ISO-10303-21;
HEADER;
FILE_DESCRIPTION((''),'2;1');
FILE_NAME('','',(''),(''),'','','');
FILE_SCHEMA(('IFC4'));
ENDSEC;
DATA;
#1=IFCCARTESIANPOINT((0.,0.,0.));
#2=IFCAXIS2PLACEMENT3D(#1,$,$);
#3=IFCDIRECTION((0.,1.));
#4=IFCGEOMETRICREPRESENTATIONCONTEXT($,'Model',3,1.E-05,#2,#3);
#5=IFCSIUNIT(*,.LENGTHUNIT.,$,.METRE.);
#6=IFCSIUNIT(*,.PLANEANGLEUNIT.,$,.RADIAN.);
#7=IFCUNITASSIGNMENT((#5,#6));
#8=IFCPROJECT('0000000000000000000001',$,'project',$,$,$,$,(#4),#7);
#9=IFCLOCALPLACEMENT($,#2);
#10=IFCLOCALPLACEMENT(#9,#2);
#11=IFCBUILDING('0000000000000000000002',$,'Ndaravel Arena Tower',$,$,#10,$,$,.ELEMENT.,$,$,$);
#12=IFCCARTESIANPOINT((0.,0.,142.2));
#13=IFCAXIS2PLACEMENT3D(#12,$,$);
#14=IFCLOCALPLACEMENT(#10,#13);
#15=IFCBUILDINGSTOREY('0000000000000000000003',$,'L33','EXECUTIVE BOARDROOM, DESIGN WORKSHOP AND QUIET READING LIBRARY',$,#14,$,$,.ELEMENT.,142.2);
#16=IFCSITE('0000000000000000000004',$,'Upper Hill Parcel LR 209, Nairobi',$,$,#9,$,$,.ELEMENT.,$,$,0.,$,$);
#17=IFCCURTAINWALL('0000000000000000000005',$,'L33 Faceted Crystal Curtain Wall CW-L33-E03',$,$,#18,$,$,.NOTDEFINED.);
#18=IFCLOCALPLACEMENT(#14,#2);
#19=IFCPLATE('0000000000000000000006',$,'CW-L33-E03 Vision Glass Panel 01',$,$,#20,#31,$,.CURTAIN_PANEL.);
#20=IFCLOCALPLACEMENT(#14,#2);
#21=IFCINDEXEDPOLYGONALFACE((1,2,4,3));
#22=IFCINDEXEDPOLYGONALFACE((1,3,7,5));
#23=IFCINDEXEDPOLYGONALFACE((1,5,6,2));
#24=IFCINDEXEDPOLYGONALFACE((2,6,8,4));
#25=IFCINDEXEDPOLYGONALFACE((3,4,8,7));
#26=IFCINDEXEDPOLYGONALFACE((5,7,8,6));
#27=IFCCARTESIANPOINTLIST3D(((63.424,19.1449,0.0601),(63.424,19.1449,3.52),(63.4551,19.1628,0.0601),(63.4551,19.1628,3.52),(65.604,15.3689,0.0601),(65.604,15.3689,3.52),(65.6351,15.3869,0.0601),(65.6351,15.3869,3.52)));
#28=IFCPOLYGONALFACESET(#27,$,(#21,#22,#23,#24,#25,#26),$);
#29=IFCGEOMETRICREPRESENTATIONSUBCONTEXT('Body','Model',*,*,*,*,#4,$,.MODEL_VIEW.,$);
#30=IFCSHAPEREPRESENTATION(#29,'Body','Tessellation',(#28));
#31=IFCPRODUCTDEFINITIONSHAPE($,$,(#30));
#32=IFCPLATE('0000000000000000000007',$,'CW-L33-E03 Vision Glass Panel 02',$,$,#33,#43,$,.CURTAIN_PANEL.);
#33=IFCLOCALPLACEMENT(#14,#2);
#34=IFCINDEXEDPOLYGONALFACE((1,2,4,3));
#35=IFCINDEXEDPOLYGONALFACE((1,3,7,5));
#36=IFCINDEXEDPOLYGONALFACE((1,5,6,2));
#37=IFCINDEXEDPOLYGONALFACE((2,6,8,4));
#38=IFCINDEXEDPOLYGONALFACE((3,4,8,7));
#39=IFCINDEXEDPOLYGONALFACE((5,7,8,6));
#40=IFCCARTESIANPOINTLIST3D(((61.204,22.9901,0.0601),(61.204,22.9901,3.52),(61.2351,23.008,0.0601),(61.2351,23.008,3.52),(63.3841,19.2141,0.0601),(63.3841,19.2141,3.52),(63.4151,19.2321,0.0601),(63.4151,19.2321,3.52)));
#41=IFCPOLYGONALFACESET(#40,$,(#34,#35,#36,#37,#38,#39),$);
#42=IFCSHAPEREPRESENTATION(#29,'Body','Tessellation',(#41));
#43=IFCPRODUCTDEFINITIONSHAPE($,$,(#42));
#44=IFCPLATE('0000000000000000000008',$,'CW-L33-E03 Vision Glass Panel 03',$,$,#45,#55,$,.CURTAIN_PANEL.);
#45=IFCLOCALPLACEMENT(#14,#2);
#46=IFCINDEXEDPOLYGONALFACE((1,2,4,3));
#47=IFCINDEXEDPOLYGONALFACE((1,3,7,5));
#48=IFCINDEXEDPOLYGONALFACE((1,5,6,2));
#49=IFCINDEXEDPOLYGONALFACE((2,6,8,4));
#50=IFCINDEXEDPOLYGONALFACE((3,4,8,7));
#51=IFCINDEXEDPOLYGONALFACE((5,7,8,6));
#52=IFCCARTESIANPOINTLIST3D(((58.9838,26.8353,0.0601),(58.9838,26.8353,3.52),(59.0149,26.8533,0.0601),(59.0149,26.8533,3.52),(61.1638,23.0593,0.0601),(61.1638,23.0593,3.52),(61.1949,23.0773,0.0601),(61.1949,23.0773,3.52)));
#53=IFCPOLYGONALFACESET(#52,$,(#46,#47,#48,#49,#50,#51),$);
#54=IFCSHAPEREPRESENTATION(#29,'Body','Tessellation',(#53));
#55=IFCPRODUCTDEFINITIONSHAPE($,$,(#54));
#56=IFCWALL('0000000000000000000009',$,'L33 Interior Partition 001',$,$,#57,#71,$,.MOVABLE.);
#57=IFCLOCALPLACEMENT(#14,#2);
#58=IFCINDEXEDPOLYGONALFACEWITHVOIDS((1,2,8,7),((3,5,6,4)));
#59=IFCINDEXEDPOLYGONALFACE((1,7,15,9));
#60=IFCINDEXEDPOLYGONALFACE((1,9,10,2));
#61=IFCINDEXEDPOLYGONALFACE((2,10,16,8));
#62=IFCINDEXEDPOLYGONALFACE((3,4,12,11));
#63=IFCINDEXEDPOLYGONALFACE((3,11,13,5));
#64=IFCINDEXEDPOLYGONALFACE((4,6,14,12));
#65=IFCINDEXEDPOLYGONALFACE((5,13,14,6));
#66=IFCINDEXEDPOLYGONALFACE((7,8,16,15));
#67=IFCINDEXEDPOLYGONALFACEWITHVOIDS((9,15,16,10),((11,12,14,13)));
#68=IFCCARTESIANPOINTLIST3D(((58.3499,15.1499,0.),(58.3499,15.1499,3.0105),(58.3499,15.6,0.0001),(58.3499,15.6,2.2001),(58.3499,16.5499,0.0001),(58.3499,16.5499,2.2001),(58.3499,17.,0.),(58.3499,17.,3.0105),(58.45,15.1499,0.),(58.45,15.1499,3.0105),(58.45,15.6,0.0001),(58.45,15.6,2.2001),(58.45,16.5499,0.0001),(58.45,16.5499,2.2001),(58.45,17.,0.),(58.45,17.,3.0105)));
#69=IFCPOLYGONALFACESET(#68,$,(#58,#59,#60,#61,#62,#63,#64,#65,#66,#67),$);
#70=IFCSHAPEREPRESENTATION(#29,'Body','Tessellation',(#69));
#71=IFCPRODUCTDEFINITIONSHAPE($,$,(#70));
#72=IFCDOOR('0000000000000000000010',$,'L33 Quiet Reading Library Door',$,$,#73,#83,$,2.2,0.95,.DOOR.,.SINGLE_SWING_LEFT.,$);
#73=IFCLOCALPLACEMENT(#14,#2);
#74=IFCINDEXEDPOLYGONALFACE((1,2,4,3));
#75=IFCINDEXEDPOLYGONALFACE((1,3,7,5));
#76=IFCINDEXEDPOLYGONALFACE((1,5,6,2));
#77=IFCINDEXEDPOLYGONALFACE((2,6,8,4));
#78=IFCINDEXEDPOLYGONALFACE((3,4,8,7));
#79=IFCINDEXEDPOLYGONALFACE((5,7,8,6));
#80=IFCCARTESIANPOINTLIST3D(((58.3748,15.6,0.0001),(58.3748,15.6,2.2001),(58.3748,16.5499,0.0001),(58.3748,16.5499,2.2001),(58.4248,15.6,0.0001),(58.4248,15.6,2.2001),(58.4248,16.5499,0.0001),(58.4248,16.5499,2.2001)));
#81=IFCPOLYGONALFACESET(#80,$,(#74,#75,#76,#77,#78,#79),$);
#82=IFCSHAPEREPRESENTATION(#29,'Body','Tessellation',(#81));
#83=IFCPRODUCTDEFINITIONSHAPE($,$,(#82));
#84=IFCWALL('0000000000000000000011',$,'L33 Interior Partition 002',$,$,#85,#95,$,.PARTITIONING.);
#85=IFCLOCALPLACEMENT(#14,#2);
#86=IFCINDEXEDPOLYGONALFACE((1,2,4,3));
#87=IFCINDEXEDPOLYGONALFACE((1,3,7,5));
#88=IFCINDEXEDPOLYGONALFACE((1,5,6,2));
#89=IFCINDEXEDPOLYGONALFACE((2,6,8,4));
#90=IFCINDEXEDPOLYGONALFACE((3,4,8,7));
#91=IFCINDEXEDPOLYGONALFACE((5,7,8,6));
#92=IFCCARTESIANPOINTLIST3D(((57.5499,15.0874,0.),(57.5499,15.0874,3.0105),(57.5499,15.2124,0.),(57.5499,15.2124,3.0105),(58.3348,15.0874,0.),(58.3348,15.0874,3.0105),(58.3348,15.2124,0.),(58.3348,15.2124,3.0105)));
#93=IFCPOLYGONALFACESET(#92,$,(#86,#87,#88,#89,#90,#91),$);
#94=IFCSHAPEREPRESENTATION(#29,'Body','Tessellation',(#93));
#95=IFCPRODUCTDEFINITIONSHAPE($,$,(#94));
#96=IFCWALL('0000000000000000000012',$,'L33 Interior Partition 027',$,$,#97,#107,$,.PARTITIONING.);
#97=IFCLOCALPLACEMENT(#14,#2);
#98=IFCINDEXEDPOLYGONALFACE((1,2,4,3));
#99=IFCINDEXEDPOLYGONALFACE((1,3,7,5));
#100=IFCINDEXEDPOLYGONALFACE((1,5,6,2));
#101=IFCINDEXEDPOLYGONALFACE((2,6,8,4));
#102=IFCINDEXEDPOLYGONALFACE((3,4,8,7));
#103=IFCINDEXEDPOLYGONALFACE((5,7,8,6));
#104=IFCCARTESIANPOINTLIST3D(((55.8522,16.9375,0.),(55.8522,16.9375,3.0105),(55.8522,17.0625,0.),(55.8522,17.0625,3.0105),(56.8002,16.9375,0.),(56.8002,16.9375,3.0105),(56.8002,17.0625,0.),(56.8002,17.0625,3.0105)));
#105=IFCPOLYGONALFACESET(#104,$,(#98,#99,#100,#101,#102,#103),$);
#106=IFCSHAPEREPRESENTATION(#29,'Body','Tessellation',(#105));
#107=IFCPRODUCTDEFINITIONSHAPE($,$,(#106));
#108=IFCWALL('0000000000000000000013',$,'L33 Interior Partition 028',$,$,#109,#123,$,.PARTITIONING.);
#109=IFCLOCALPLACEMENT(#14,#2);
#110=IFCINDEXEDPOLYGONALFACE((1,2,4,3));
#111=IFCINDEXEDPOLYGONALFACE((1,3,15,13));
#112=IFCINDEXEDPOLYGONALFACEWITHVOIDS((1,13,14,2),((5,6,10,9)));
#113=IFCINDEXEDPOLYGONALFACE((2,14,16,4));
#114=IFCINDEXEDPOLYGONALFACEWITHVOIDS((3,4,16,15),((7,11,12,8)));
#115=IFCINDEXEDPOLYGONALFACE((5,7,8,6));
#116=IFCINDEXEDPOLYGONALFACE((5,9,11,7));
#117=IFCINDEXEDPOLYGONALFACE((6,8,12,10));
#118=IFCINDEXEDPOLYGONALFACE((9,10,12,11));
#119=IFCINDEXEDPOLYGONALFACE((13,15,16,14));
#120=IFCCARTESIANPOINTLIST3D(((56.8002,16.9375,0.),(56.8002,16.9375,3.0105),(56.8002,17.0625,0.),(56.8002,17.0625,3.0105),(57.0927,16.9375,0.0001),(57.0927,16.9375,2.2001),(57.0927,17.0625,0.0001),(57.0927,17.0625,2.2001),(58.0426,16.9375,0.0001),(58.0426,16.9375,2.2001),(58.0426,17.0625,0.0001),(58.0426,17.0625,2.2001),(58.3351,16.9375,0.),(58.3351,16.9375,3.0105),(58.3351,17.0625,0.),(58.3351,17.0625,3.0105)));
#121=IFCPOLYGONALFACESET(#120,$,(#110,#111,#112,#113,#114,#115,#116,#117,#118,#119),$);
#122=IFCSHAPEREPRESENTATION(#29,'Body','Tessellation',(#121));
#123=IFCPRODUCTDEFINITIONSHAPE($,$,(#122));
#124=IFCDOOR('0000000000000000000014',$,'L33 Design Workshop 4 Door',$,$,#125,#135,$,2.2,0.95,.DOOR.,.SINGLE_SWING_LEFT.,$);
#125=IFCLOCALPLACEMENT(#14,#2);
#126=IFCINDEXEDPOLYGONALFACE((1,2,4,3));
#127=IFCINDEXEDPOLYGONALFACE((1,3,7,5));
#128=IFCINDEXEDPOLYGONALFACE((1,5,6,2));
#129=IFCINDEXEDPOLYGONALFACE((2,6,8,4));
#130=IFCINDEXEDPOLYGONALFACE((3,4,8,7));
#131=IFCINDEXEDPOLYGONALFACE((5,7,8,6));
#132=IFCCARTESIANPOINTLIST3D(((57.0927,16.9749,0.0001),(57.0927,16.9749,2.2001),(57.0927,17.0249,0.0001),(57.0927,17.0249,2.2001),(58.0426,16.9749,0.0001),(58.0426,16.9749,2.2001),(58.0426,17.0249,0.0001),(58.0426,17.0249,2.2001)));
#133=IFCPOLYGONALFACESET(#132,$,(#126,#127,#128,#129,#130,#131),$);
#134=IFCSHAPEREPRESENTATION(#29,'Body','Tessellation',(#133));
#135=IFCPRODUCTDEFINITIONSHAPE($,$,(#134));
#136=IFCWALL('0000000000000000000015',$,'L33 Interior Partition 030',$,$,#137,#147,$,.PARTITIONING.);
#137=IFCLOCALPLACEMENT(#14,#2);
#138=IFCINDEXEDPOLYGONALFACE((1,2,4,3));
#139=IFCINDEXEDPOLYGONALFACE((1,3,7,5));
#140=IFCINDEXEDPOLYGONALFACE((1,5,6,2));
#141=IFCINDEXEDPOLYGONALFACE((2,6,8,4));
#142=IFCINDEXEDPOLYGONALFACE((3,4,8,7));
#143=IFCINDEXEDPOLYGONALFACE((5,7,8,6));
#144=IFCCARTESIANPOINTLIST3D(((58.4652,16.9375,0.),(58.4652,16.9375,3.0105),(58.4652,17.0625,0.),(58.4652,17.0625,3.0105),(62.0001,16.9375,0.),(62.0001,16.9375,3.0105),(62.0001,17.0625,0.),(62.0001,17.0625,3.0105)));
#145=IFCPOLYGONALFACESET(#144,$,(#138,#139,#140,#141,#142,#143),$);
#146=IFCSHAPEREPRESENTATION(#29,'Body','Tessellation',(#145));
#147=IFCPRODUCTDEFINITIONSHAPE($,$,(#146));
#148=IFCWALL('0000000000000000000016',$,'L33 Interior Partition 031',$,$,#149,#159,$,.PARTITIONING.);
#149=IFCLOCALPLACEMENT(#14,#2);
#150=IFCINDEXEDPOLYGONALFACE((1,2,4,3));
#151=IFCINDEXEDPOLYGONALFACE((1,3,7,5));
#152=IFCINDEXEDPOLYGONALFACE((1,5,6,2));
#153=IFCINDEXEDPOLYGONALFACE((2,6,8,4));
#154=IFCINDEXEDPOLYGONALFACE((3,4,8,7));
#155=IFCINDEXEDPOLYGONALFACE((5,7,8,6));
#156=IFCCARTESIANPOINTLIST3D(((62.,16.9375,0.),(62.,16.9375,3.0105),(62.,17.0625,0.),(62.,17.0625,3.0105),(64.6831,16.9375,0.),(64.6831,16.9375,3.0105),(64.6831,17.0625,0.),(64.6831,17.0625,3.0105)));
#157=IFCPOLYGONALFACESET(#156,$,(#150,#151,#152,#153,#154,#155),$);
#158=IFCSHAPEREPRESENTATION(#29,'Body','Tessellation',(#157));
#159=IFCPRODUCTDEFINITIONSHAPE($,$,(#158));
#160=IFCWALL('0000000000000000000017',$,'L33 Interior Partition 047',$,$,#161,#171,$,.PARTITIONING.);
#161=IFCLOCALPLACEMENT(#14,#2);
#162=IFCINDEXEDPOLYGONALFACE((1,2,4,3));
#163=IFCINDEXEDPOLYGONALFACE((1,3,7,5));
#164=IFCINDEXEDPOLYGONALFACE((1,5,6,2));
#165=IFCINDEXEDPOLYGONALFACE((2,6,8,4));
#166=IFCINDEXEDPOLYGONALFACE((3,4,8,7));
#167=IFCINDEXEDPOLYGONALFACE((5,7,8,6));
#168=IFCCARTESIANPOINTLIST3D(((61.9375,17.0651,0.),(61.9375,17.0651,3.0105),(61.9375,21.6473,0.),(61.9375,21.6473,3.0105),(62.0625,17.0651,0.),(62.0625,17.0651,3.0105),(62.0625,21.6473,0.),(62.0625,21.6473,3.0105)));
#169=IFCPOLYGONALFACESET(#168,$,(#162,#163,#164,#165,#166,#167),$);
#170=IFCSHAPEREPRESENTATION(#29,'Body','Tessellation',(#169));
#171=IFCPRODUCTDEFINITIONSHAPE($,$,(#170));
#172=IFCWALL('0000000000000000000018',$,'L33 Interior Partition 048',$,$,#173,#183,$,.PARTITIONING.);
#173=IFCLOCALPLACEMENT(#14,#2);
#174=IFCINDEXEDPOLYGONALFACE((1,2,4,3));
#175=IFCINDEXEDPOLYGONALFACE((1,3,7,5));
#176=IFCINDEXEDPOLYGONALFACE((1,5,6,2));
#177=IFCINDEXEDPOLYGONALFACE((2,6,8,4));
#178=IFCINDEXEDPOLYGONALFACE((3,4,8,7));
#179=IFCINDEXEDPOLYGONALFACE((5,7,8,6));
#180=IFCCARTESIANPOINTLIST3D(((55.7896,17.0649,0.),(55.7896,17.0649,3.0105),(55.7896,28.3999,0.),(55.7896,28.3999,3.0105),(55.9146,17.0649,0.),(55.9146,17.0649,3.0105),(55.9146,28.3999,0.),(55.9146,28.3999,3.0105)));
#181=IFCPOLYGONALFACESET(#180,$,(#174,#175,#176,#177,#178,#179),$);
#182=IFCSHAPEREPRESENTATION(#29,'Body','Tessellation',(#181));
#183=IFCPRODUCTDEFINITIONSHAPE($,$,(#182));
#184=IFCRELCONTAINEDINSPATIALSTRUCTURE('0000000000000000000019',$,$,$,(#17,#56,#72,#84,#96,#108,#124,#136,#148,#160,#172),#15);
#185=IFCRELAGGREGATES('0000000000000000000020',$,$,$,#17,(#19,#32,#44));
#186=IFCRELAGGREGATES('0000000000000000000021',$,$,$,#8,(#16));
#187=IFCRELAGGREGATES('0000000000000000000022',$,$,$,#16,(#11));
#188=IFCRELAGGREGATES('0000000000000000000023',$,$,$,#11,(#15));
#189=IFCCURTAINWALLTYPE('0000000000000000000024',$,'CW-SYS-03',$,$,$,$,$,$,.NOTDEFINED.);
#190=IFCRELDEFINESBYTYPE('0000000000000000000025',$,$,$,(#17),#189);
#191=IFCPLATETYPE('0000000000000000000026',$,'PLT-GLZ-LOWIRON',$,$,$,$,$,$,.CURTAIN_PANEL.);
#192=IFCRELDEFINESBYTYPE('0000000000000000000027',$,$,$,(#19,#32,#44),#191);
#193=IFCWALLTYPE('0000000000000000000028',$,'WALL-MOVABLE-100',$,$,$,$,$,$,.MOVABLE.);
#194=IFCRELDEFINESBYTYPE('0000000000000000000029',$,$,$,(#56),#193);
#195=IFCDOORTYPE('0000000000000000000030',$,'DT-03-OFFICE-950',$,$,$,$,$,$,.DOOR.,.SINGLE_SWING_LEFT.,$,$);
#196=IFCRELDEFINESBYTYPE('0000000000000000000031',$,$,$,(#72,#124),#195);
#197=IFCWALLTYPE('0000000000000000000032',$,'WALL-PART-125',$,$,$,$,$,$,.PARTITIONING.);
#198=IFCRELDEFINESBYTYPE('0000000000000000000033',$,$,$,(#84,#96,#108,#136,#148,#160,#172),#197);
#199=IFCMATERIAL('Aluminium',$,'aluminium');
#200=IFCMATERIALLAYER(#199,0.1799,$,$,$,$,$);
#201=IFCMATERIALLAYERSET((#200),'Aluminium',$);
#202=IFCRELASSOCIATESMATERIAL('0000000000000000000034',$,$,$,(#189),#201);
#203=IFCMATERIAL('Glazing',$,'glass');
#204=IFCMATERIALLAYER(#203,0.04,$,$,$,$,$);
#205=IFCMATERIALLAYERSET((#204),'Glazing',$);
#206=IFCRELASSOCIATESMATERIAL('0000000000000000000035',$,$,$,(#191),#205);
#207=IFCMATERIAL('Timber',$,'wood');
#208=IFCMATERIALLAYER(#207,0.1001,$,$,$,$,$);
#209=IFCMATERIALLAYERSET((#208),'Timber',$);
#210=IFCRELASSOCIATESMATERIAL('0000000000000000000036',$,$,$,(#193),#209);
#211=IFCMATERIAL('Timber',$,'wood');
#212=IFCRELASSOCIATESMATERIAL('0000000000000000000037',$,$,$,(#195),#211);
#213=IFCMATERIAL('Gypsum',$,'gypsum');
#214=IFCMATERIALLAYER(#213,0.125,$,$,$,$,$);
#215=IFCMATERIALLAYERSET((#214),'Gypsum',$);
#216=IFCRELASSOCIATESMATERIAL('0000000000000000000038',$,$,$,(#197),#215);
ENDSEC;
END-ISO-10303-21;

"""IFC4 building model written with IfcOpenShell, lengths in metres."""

from ifc_helpers import new_model, si_unit, direction, frame, frame_2d, origin, origin_2d, place, context, subcontext, project, spatial, rectangle, extrude, material, layer, layer_set, type_object, element, fill, aggregate, save


model = new_model("IFC4")

# Units and contexts
model_context = context("Model", 3, precision=1e-05, world=origin(), true_north=direction((0.0, 1.0)))
body_context = subcontext(model_context, "Body", "Model", "MODEL_VIEW")
ifc_project = project(units=[si_unit("LENGTHUNIT", "METRE"), si_unit("PLANEANGLEUNIT", "RADIAN")], contexts=[model_context])

# Site, building, storey
site_placement = place(None, origin())
site = spatial("IfcSite", under=ifc_project, at=site_placement, Name="Upper Hill Parcel LR 209, Nairobi", CompositionType="ELEMENT", RefElevation=0.0)
building_placement = place(site_placement, origin())
building = spatial("IfcBuilding", under=site, at=building_placement, Name="Ndaravel Arena Tower", CompositionType="ELEMENT")
storey_placement = place(building_placement, frame((0.0, 0.0, 142.2)))
storey = spatial("IfcBuildingStorey", under=building, at=storey_placement, Name="L33", Description="EXECUTIVE BOARDROOM, DESIGN WORKSHOP AND QUIET READING LIBRARY", CompositionType="ELEMENT", Elevation=142.2)

# Curtain wall, plates
ifc_material_1 = material(Name="Aluminium", Category="aluminium")
ifc_layer_1 = layer(ifc_material_1, 0.1799)
ifc_layer_set_1 = layer_set([ifc_layer_1], Name="Aluminium")
curtain_wall_type = type_object("IfcCurtainWallType", Name="CW-SYS-03", PredefinedType="NOTDEFINED", material=ifc_layer_set_1)
curtain_wall_placement = place(storey_placement, origin())
curtain_wall = element("IfcCurtainWall", 1, at=curtain_wall_placement, inside=storey, type_object=curtain_wall_type, Name="L33 Faceted Crystal Curtain Wall CW-L33-E03", PredefinedType="NOTDEFINED")
ifc_material_2 = material(Name="Glazing", Category="glass")
ifc_layer_2 = layer(ifc_material_2, 0.04)
ifc_layer_set_2 = layer_set([ifc_layer_2], Name="Glazing")
plate_type = type_object("IfcPlateType", Name="PLT-GLZ-LOWIRON", PredefinedType="CURTAIN_PANEL", material=ifc_layer_set_2)
plate_1_placement = place(storey_placement, frame((64.5295, 17.2659, 0.0601), z_axis=(0.0, 0.0, 1.0), x_axis=(-0.5, 0.866025, 0.0)))
plate_1 = element("IfcPlate", 2, at=plate_1_placement, type_object=plate_type, Name="CW-L33-E03 Vision Glass Panel 01", PredefinedType="CURTAIN_PANEL", context=body_context, shape_type="SweptSolid", body=[
    extrude(rectangle(XDim=4.3601, YDim=0.0359, at=origin_2d()), origin(), (0.0, 0.0, 1.0), 3.46),
])
plate_2_placement = place(storey_placement, frame((62.3096, 21.1111, 0.0601), z_axis=(0.0, 0.0, 1.0), x_axis=(-0.5, 0.866025, 0.0)))
plate_2 = element("IfcPlate", 3, at=plate_2_placement, type_object=plate_type, Name="CW-L33-E03 Vision Glass Panel 02", PredefinedType="CURTAIN_PANEL", context=body_context, shape_type="SweptSolid", body=[
    extrude(rectangle(XDim=4.3601, YDim=0.0359, at=origin_2d()), origin(), (0.0, 0.0, 1.0), 3.46),
])
plate_3_placement = place(storey_placement, frame((60.0894, 24.9563, 0.0601), z_axis=(0.0, 0.0, 1.0), x_axis=(-0.5, 0.866025, 0.0)))
plate_3 = element("IfcPlate", 4, at=plate_3_placement, type_object=plate_type, Name="CW-L33-E03 Vision Glass Panel 03", PredefinedType="CURTAIN_PANEL", context=body_context, shape_type="SweptSolid", body=[
    extrude(rectangle(XDim=4.3601, YDim=0.0359, at=origin_2d()), origin(), (0.0, 0.0, 1.0), 3.46),
])
aggregate(curtain_wall, [plate_1, plate_2, plate_3])

# Wall, opening, door
ifc_material_3 = material(Name="Timber", Category="wood")
ifc_layer_3 = layer(ifc_material_3, 0.1001)
ifc_layer_set_3 = layer_set([ifc_layer_3], Name="Timber")
wall_type_1 = type_object("IfcWallType", Name="WALL-MOVABLE-100", PredefinedType="MOVABLE", material=ifc_layer_set_3)
wall_1_placement = place(storey_placement, frame((58.3999, 17.0, 0.0), z_axis=(0.0, 0.0, 1.0), x_axis=(0.0, -1.0, 0.0)))
wall_1 = element("IfcWall", 5, at=wall_1_placement, inside=storey, type_object=wall_type_1, Name="L33 Interior Partition 001", PredefinedType="MOVABLE", context=body_context, shape_type="SweptSolid", body=[
    extrude(rectangle(XDim=1.8501, YDim=0.1001, at=frame_2d((0.925, 0.0))), origin(), (0.0, 0.0, 1.0), 3.0105),
])
opening_1_placement = place(wall_1_placement, frame((0.45, 0.0, 0.0)))
opening_1 = element("IfcOpeningElement", 6, at=opening_1_placement, cuts=wall_1, PredefinedType="OPENING", context=body_context, shape_type="SweptSolid", body=[
    extrude(rectangle(XDim=0.95, YDim=2.2, at=frame_2d((0.4751, 1.1001))), frame((0.0, 0.05, 0.0), z_axis=(0.0, -1.0, 0.0), x_axis=(1.0, 0.0, 0.0)), (0.0, 0.0, 1.0), 0.1001),
])
ifc_material_4 = material(Name="Timber", Category="wood")
door_type = type_object("IfcDoorType", Name="DT-03-OFFICE-950", OperationType="SINGLE_SWING_LEFT", PredefinedType="DOOR", material=ifc_material_4)
door_1_placement = place(opening_1_placement, origin())
door_1 = element("IfcDoor", 7, at=door_1_placement, inside=storey, type_object=door_type, Name="L33 Quiet Reading Library Door", OperationType="SINGLE_SWING_LEFT", OverallHeight=2.2, OverallWidth=0.95, PredefinedType="DOOR", context=body_context, shape_type="SweptSolid", body=[
    extrude(rectangle(XDim=0.95, YDim=2.2, at=frame_2d((0.4751, 1.1001))), frame((0.0, 0.0249, 0.0), z_axis=(0.0, -1.0, 0.0), x_axis=(1.0, 0.0, 0.0)), (0.0, 0.0, 1.0), 0.05),
])
fill(opening_1, door_1)

# Walls
ifc_material_5 = material(Name="Gypsum", Category="gypsum")
ifc_layer_4 = layer(ifc_material_5, 0.125)
ifc_layer_set_4 = layer_set([ifc_layer_4], Name="Gypsum")
wall_type_2 = type_object("IfcWallType", Name="WALL-PART-125", PredefinedType="PARTITIONING", material=ifc_layer_set_4)
wall_2_placement = place(storey_placement, frame((58.335, 15.1499, 0.0), z_axis=(0.0, 0.0, 1.0), x_axis=(-1.0, 0.0, 0.0)))
element("IfcWall", 8, at=wall_2_placement, inside=storey, type_object=wall_type_2, Name="L33 Interior Partition 002", PredefinedType="PARTITIONING", context=body_context, shape_type="SweptSolid", body=[
    extrude(rectangle(XDim=0.7849, YDim=0.125, at=frame_2d((0.3926, 0.0))), origin(), (0.0, 0.0, 1.0), 3.0105),
])
wall_3_placement = place(storey_placement, frame((55.8521, 17.0, 0.0), z_axis=(0.0, 0.0, 1.0), x_axis=(1.0, 0.0, 0.0)))
element("IfcWall", 9, at=wall_3_placement, inside=storey, type_object=wall_type_2, Name="L33 Interior Partition 027", PredefinedType="PARTITIONING", context=body_context, shape_type="SweptSolid", body=[
    extrude(rectangle(XDim=0.948, YDim=0.125, at=frame_2d((0.4741, 0.0))), origin(), (0.0, 0.0, 1.0), 3.0105),
])

# Wall, opening, door
wall_4_placement = place(storey_placement, frame((56.8, 17.0, 0.0), z_axis=(0.0, 0.0, 1.0), x_axis=(1.0, 0.0, 0.0)))
wall_4 = element("IfcWall", 10, at=wall_4_placement, inside=storey, type_object=wall_type_2, Name="L33 Interior Partition 028", PredefinedType="PARTITIONING", context=body_context, shape_type="SweptSolid", body=[
    extrude(rectangle(XDim=1.5349, YDim=0.125, at=frame_2d((0.7676, 0.0))), origin(), (0.0, 0.0, 1.0), 3.0105),
])
opening_2_placement = place(wall_4_placement, frame((0.2925, 0.0, 0.0)))
opening_2 = element("IfcOpeningElement", 11, at=opening_2_placement, cuts=wall_4, PredefinedType="OPENING", context=body_context, shape_type="SweptSolid", body=[
    extrude(rectangle(XDim=0.95, YDim=2.2, at=frame_2d((0.4751, 1.1001))), frame((0.0, 0.0625, 0.0), z_axis=(0.0, -1.0, 0.0), x_axis=(1.0, 0.0, 0.0)), (0.0, 0.0, 1.0), 0.125),
])
door_2_placement = place(opening_2_placement, origin())
door_2 = element("IfcDoor", 12, at=door_2_placement, inside=storey, type_object=door_type, Name="L33 Design Workshop 4 Door", OperationType="SINGLE_SWING_LEFT", OverallHeight=2.2, OverallWidth=0.95, PredefinedType="DOOR", context=body_context, shape_type="SweptSolid", body=[
    extrude(rectangle(XDim=0.95, YDim=2.2, at=frame_2d((0.4751, 1.1001))), frame((0.0, 0.0249, 0.0), z_axis=(0.0, -1.0, 0.0), x_axis=(1.0, 0.0, 0.0)), (0.0, 0.0, 1.0), 0.05),
])
fill(opening_2, door_2)

# Walls
wall_5_placement = place(storey_placement, frame((58.4651, 17.0, 0.0), z_axis=(0.0, 0.0, 1.0), x_axis=(1.0, 0.0, 0.0)))
element("IfcWall", 13, at=wall_5_placement, inside=storey, type_object=wall_type_2, Name="L33 Interior Partition 030", PredefinedType="PARTITIONING", context=body_context, shape_type="SweptSolid", body=[
    extrude(rectangle(XDim=3.5349, YDim=0.125, at=frame_2d((1.7676, 0.0))), origin(), (0.0, 0.0, 1.0), 3.0105),
])
wall_6_placement = place(storey_placement, frame((62.0, 17.0, 0.0), z_axis=(0.0, 0.0, 1.0), x_axis=(1.0, 0.0, 0.0)))
element("IfcWall", 14, at=wall_6_placement, inside=storey, type_object=wall_type_2, Name="L33 Interior Partition 031", PredefinedType="PARTITIONING", context=body_context, shape_type="SweptSolid", body=[
    extrude(rectangle(XDim=2.6831, YDim=0.125, at=frame_2d((1.3416, 0.0))), origin(), (0.0, 0.0, 1.0), 3.0105),
])
wall_7_placement = place(storey_placement, frame((62.0, 21.6472, 0.0), z_axis=(0.0, 0.0, 1.0), x_axis=(0.0, -1.0, 0.0)))
element("IfcWall", 15, at=wall_7_placement, inside=storey, type_object=wall_type_2, Name="L33 Interior Partition 047", PredefinedType="PARTITIONING", context=body_context, shape_type="SweptSolid", body=[
    extrude(rectangle(XDim=4.5823, YDim=0.125, at=frame_2d((2.291, 0.0))), origin(), (0.0, 0.0, 1.0), 3.0105),
])
wall_8_placement = place(storey_placement, frame((55.8521, 17.0649, 0.0), z_axis=(0.0, 0.0, 1.0), x_axis=(0.0, 1.0, 0.0)))
element("IfcWall", 16, at=wall_8_placement, inside=storey, type_object=wall_type_2, Name="L33 Interior Partition 048", PredefinedType="PARTITIONING", context=body_context, shape_type="SweptSolid", body=[
    extrude(rectangle(XDim=11.335, YDim=0.125, at=frame_2d((5.6675, 0.0))), origin(), (0.0, 0.0, 1.0), 3.0105),
])

save(model, "model.ifc")
